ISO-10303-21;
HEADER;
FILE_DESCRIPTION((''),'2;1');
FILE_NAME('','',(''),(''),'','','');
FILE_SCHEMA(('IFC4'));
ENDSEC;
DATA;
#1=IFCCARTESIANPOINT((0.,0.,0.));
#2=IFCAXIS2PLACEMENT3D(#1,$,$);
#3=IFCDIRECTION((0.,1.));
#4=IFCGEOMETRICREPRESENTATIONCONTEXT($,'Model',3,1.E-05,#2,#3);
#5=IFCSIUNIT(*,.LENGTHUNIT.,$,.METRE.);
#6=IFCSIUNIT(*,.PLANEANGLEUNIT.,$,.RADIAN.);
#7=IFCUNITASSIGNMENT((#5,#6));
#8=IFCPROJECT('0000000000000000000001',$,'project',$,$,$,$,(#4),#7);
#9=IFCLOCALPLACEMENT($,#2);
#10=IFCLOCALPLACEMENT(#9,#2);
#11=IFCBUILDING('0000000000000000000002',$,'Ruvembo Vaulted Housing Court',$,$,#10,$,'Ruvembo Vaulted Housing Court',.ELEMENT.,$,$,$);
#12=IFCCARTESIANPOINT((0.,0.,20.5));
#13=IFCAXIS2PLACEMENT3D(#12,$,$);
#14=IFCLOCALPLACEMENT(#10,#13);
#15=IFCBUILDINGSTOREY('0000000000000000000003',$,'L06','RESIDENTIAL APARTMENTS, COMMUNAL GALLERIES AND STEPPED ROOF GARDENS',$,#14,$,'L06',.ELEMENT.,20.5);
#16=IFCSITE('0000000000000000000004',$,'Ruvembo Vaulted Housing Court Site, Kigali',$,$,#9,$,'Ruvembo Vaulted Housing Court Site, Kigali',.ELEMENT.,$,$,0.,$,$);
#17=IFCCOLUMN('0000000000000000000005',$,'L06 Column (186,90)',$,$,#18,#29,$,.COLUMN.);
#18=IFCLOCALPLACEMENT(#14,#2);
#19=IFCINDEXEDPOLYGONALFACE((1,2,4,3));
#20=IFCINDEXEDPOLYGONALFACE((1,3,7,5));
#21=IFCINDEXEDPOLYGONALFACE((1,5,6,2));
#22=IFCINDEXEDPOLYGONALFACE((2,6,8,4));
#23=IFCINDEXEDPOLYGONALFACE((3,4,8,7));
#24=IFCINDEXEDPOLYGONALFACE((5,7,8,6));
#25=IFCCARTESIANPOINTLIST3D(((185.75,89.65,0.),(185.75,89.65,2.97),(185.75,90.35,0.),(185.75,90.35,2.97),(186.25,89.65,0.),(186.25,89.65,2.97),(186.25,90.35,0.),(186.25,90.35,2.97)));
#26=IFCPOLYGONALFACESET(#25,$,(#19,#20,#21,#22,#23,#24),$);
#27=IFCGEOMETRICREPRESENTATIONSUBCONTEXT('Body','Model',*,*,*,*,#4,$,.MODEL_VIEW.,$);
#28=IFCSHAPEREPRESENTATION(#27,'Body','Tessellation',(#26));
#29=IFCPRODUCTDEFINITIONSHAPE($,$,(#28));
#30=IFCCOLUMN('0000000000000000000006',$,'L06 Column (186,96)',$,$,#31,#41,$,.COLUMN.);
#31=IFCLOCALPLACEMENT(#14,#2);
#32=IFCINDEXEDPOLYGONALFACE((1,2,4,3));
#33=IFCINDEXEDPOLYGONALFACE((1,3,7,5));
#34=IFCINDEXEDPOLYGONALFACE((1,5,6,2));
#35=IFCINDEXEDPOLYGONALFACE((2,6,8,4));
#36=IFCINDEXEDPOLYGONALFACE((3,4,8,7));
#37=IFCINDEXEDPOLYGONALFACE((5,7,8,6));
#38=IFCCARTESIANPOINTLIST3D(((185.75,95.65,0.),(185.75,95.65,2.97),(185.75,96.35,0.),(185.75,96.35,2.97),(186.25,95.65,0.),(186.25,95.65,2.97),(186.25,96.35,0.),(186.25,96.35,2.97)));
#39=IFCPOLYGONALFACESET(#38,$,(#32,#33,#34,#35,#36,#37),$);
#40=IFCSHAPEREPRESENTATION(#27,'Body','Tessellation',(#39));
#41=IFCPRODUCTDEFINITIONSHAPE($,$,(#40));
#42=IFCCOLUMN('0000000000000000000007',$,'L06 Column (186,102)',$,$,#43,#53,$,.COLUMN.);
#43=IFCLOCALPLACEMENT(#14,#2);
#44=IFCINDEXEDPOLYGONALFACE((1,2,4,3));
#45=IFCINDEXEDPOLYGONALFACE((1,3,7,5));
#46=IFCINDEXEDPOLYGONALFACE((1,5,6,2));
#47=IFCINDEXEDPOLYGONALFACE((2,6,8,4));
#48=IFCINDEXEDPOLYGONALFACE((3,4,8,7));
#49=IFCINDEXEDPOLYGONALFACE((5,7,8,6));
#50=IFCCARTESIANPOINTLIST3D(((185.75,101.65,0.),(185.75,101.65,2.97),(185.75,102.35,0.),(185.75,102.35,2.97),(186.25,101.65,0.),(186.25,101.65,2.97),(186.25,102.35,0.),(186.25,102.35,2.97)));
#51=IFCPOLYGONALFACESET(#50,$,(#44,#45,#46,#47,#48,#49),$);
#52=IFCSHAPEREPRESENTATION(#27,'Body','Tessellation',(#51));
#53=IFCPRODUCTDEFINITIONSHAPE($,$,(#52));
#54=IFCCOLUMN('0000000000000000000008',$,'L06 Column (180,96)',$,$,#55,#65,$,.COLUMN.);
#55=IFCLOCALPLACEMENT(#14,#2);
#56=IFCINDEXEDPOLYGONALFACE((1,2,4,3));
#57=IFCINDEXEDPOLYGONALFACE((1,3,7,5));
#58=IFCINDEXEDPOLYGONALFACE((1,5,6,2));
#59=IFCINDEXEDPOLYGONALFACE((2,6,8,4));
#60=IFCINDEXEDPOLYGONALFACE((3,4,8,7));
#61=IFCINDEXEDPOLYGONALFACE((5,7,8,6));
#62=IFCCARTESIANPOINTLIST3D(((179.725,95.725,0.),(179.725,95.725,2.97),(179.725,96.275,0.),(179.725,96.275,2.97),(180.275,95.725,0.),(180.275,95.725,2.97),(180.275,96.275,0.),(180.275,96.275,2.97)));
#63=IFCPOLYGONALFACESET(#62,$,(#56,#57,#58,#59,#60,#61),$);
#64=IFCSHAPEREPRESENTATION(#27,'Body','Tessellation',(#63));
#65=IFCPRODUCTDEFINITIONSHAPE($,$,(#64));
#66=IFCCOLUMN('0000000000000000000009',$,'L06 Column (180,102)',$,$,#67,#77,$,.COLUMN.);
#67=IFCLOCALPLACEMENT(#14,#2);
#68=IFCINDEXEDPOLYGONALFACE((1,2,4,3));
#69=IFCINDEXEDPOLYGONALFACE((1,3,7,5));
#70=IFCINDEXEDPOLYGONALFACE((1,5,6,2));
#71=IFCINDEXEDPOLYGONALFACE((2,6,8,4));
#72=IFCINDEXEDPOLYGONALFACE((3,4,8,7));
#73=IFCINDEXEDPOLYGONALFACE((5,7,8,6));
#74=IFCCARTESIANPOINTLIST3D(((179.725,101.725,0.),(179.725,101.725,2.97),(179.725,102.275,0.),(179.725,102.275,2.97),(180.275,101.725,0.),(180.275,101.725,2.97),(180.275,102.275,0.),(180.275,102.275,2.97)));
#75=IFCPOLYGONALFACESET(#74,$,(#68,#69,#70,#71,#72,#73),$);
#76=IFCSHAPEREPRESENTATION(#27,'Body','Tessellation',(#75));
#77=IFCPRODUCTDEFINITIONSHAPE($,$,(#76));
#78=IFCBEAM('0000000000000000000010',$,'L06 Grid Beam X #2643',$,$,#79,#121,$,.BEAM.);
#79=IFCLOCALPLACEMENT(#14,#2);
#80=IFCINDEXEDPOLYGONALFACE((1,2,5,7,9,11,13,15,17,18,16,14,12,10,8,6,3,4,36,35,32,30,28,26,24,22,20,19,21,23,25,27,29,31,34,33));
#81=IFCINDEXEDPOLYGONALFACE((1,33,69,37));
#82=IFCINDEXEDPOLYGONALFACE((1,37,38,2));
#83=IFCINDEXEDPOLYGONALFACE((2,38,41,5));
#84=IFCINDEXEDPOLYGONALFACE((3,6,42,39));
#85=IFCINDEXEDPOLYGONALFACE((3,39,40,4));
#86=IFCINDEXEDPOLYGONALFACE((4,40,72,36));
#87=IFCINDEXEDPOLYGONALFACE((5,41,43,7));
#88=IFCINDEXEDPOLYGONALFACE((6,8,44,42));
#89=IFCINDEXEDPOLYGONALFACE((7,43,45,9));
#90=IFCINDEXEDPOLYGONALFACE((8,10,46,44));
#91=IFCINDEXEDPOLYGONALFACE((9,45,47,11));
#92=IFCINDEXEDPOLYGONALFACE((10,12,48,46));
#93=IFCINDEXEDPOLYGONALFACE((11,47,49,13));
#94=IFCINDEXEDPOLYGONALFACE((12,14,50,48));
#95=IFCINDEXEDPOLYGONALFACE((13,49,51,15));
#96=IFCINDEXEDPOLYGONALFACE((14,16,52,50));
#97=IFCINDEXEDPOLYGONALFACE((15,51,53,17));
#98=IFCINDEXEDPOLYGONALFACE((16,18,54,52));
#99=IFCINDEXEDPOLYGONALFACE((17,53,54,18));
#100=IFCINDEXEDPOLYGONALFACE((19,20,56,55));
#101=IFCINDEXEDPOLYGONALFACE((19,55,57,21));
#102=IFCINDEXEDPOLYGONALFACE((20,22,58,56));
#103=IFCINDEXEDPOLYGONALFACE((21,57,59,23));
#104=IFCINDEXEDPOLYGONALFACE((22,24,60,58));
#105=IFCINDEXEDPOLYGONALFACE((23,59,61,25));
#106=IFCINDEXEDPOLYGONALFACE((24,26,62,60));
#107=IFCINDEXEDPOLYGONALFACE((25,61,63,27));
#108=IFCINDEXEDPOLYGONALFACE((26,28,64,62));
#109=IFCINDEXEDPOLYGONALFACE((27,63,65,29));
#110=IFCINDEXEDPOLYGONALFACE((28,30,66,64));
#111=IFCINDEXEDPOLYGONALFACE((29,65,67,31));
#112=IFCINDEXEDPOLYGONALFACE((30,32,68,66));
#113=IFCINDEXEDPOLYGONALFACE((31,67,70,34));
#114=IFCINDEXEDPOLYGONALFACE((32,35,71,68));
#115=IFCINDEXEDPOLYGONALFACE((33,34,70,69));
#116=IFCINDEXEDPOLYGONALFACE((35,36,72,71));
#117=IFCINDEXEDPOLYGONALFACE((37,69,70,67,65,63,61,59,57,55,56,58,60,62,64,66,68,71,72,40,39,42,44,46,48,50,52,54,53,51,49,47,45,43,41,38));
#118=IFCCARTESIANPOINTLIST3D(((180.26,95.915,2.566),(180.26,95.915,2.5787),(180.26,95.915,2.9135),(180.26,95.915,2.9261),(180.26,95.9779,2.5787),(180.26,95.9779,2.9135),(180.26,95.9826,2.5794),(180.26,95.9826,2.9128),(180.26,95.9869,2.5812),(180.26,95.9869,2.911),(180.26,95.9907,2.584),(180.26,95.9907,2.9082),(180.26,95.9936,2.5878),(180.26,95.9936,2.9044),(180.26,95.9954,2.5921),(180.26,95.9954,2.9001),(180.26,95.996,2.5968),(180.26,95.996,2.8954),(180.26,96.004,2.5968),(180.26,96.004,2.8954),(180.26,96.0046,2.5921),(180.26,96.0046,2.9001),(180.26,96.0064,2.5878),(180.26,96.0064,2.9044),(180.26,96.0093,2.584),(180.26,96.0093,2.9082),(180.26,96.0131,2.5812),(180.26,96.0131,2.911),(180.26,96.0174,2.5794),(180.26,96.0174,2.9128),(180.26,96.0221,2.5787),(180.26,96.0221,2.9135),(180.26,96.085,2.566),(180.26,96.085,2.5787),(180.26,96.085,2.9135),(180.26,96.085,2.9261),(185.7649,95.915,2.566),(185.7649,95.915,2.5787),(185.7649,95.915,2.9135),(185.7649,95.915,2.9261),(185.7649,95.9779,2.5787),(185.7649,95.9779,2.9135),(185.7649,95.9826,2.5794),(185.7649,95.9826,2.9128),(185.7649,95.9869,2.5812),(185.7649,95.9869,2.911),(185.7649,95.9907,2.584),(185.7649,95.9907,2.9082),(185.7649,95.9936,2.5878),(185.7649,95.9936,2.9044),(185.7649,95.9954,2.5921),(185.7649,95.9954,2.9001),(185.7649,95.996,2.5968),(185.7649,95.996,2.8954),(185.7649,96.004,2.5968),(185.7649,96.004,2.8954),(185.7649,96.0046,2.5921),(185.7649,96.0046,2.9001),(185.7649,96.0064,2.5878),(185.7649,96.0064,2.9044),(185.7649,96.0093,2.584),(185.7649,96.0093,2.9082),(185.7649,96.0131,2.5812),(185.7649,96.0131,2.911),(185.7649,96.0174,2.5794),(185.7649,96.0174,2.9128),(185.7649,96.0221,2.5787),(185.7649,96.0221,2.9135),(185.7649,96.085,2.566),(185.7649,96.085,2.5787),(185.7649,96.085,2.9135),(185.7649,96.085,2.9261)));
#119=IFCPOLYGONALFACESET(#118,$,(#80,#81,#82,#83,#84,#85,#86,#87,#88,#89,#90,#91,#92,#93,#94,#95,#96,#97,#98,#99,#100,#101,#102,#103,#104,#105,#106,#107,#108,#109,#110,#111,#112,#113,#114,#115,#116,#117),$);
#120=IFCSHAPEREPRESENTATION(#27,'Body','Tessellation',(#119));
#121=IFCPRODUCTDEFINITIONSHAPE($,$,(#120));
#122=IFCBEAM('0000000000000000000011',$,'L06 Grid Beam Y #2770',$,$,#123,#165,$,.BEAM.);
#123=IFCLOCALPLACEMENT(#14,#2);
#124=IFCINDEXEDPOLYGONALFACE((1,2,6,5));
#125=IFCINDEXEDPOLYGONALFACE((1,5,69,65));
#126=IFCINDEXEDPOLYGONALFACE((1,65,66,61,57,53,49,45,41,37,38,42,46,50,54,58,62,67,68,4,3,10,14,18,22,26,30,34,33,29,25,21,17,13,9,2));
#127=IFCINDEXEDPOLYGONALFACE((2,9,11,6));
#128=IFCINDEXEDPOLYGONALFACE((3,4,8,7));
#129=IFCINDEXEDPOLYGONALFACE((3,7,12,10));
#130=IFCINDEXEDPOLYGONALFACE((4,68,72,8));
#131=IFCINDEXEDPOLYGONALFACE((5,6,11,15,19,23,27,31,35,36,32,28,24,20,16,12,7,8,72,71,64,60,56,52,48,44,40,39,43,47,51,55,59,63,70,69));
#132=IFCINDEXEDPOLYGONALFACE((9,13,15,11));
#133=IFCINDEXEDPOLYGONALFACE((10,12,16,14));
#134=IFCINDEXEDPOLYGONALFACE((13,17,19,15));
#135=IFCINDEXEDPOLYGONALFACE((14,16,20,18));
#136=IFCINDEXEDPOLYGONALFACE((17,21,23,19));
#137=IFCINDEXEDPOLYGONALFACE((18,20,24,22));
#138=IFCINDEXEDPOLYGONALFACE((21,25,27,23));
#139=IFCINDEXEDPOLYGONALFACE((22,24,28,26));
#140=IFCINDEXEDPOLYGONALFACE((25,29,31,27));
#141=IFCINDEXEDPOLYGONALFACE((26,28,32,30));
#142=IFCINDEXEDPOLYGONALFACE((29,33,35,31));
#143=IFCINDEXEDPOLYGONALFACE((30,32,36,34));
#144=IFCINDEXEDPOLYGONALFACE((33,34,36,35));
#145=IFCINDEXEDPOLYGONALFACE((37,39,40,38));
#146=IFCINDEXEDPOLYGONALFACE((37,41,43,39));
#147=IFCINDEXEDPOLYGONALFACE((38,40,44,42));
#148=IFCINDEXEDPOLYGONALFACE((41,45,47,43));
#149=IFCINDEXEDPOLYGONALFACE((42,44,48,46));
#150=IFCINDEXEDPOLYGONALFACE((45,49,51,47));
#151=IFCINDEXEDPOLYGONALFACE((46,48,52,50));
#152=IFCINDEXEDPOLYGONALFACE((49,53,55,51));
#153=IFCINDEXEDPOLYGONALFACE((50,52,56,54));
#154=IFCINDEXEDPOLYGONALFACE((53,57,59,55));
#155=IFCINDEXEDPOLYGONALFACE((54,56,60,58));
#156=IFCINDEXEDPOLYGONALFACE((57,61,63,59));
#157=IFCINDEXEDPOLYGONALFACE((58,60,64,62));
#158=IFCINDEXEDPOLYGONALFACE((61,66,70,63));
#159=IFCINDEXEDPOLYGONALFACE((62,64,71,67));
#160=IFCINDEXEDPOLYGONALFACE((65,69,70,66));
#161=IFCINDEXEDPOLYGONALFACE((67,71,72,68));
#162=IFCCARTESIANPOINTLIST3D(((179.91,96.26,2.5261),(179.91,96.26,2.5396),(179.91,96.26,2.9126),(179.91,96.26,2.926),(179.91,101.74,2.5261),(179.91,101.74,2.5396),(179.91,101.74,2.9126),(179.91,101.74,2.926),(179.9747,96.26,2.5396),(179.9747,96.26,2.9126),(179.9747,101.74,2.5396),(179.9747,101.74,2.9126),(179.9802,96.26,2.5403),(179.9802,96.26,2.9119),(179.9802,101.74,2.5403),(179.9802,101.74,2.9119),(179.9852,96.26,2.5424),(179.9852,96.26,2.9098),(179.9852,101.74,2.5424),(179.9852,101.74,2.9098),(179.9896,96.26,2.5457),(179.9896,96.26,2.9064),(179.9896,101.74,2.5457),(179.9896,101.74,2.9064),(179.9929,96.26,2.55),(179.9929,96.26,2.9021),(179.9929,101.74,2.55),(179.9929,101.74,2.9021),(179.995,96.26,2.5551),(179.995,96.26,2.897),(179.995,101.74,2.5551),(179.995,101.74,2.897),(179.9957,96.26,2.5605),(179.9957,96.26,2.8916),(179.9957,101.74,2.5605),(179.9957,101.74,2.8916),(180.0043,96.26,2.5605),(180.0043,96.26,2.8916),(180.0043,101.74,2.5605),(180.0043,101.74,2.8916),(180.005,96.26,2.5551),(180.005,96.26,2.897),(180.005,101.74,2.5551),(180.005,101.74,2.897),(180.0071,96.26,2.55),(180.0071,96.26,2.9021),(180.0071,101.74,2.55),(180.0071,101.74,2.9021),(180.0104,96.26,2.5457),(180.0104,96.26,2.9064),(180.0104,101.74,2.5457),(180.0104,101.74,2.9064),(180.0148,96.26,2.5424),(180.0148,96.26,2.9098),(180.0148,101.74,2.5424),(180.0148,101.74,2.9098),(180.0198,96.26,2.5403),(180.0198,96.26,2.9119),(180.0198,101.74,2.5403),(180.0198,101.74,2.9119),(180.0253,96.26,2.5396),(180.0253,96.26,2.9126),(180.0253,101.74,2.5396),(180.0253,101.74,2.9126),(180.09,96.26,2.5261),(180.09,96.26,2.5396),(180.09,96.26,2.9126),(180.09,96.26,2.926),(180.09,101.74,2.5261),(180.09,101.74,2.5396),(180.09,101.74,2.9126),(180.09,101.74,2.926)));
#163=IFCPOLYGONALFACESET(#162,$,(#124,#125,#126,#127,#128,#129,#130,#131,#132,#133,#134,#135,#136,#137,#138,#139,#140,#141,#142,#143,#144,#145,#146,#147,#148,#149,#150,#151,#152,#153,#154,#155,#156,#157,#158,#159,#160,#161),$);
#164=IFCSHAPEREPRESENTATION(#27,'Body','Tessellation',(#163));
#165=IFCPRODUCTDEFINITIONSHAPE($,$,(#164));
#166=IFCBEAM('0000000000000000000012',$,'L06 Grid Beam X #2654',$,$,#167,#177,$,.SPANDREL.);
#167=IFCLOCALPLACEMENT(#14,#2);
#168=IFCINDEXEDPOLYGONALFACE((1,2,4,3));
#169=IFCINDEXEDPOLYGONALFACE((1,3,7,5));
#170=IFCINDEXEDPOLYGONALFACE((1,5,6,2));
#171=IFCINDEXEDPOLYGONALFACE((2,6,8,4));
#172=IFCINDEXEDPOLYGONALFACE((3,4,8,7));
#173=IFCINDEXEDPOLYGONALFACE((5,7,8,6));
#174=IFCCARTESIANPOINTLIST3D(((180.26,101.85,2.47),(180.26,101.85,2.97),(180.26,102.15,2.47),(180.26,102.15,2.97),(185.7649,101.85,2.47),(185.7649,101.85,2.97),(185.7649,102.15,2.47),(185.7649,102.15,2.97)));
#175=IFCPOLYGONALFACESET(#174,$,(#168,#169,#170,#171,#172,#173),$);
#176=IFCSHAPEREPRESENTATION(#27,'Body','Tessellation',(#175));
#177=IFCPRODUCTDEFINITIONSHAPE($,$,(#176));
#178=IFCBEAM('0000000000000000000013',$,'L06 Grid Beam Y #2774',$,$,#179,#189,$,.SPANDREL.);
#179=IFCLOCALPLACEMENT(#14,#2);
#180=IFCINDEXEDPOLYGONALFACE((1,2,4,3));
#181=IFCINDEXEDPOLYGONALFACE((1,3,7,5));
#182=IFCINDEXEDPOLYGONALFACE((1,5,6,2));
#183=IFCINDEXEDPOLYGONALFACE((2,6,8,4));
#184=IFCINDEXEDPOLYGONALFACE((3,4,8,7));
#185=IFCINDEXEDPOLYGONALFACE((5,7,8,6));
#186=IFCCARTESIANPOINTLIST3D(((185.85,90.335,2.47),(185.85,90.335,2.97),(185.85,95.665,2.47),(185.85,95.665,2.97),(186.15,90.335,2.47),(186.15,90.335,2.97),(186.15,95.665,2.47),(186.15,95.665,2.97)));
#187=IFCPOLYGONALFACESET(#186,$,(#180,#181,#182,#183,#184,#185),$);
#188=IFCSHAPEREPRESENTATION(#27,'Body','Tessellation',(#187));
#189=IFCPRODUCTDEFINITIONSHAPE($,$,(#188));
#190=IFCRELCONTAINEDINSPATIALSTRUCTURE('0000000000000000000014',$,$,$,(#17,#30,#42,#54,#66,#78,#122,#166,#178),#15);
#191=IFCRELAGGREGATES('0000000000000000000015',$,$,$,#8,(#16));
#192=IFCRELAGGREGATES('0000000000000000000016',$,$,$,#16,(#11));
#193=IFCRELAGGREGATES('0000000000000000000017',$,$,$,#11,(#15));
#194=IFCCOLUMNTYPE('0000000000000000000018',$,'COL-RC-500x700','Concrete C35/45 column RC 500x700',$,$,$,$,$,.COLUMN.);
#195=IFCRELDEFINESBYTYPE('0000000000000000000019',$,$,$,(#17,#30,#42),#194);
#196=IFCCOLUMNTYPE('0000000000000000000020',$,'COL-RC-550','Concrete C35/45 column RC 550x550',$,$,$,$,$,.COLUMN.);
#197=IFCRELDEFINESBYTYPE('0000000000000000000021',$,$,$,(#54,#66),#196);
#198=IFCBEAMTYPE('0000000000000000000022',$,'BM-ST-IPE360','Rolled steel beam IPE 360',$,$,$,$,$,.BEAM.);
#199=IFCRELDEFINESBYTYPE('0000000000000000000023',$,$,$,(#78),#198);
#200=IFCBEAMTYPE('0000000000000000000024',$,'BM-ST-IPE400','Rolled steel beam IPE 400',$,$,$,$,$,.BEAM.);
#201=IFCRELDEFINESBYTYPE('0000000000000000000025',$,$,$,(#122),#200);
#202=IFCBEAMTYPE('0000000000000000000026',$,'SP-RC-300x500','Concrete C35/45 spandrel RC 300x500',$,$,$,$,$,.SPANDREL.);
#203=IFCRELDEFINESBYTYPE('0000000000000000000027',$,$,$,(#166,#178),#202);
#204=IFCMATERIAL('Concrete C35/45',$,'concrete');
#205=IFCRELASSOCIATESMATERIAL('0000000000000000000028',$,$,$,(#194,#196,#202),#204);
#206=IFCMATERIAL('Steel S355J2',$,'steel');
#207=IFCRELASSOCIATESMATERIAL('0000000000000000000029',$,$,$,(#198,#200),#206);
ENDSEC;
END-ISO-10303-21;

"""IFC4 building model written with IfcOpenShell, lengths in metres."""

from ifc_helpers import new_model, si_unit, direction, frame, origin, origin_2d, place, context, subcontext, project, spatial, rectangle, i_section, extrude, material, material_profile, profile_set, type_object, element, save


model = new_model("IFC4")

# Units and contexts
model_context = context("Model", 3, precision=1e-05, world=origin(), true_north=direction((0.0, 1.0)))
body_context = subcontext(model_context, "Body", "Model", "MODEL_VIEW")
ifc_project = project(units=[si_unit("LENGTHUNIT", "METRE"), si_unit("PLANEANGLEUNIT", "RADIAN")], contexts=[model_context])

# Site, building, storey
site_placement = place(None, origin())
site = spatial("IfcSite", under=ifc_project, at=site_placement, Name="Ruvembo Vaulted Housing Court Site, Kigali", LongName="Ruvembo Vaulted Housing Court Site, Kigali", CompositionType="ELEMENT", RefElevation=0.0)
building_placement = place(site_placement, origin())
building = spatial("IfcBuilding", under=site, at=building_placement, Name="Ruvembo Vaulted Housing Court", LongName="Ruvembo Vaulted Housing Court", CompositionType="ELEMENT")
storey_placement = place(building_placement, frame((0.0, 0.0, 20.5)))
storey = spatial("IfcBuildingStorey", under=building, at=storey_placement, Name="L06", Description="RESIDENTIAL APARTMENTS, COMMUNAL GALLERIES AND STEPPED ROOF GARDENS", LongName="L06", CompositionType="ELEMENT", Elevation=20.5)

# Columns
ifc_material_1 = material(Name="Concrete C35/45", Category="concrete")
ifc_material_profile_1 = material_profile(ifc_material_1, rectangle(XDim=0.5, YDim=0.7, at=origin_2d()), Name="RC 500x700")
ifc_profile_set_1 = profile_set([ifc_material_profile_1], Name="Concrete C35/45")
column_type_1 = type_object("IfcColumnType", Name="COL-RC-500x700", Description="Concrete C35/45 column RC 500x700", PredefinedType="COLUMN", material=ifc_profile_set_1)
for number, where, z_axis, x_axis, name in (
    (1, (186.0, 90.0, 0.0), (0.0, 0.0, 1.0), (1.0, 0.0, 0.0), "L06 Column (186,90)"),
    (2, (186.0, 96.0, 0.0), (0.0, 0.0, 1.0), (1.0, 0.0, 0.0), "L06 Column (186,96)"),
    (3, (186.0, 102.0, 0.0), (0.0, 0.0, 1.0), (1.0, 0.0, 0.0), "L06 Column (186,102)"),
):
    element("IfcColumn", number, at=place(storey_placement, frame(where, z_axis=z_axis, x_axis=x_axis)), inside=storey, type_object=column_type_1, Name=name, PredefinedType="COLUMN", context=body_context, shape_type="SweptSolid", body=[
        extrude(rectangle(XDim=0.5, YDim=0.7, at=origin_2d()), origin(), (0.0, 0.0, 1.0), 2.97),
    ])
ifc_material_profile_2 = material_profile(ifc_material_1, rectangle(XDim=0.55, YDim=0.55, at=origin_2d()), Name="RC 550x550")
ifc_profile_set_2 = profile_set([ifc_material_profile_2], Name="Concrete C35/45")
column_type_2 = type_object("IfcColumnType", Name="COL-RC-550", Description="Concrete C35/45 column RC 550x550", PredefinedType="COLUMN", material=ifc_profile_set_2)
for number, where, z_axis, x_axis, name in (
    (4, (180.0, 96.0, 0.0), (0.0, 0.0, 1.0), (1.0, 0.0, 0.0), "L06 Column (180,96)"),
    (5, (180.0, 102.0, 0.0), (0.0, 0.0, 1.0), (1.0, 0.0, 0.0), "L06 Column (180,102)"),
):
    element("IfcColumn", number, at=place(storey_placement, frame(where, z_axis=z_axis, x_axis=x_axis)), inside=storey, type_object=column_type_2, Name=name, PredefinedType="COLUMN", context=body_context, shape_type="SweptSolid", body=[
        extrude(rectangle(XDim=0.55, YDim=0.55, at=origin_2d()), origin(), (0.0, 0.0, 1.0), 2.97),
    ])

# Beams
ifc_material_2 = material(Name="Steel S355J2", Category="steel")
ifc_material_profile_3 = material_profile(ifc_material_2, i_section(OverallWidth=0.1699, OverallDepth=0.3601, WebThickness=0.0081, FlangeThickness=0.0127, FilletRadius=0.0181, at=origin_2d()), Name="IPE 360")
ifc_profile_set_3 = profile_set([ifc_material_profile_3], Name="Steel S355J2")
beam_type_1 = type_object("IfcBeamType", Name="BM-ST-IPE360", Description="Rolled steel beam IPE 360", PredefinedType="BEAM", material=ifc_profile_set_3)
beam_1_placement = place(storey_placement, frame((180.26, 96.0, 2.7461), z_axis=(1.0, 0.0, 0.0), x_axis=(0.0, 1.0, 0.0)))
element("IfcBeam", 6, at=beam_1_placement, inside=storey, type_object=beam_type_1, Name="L06 Grid Beam X #2643", PredefinedType="BEAM", context=body_context, shape_type="SweptSolid", body=[
    extrude(i_section(OverallWidth=0.1699, OverallDepth=0.3601, WebThickness=0.0081, FlangeThickness=0.0127, FilletRadius=0.0181, at=origin_2d()), origin(), (0.0, 0.0, 1.0), 5.5049),
])
ifc_material_profile_4 = material_profile(ifc_material_2, i_section(OverallWidth=0.1799, OverallDepth=0.3999, WebThickness=0.0085, FlangeThickness=0.0134, FilletRadius=0.021, at=origin_2d()), Name="IPE 400")
ifc_profile_set_4 = profile_set([ifc_material_profile_4], Name="Steel S355J2")
beam_type_2 = type_object("IfcBeamType", Name="BM-ST-IPE400", Description="Rolled steel beam IPE 400", PredefinedType="BEAM", material=ifc_profile_set_4)
beam_2_placement = place(storey_placement, frame((180.0, 96.26, 2.7261), z_axis=(0.0, 1.0, 0.0), x_axis=(-1.0, 0.0, 0.0)))
element("IfcBeam", 7, at=beam_2_placement, inside=storey, type_object=beam_type_2, Name="L06 Grid Beam Y #2770", PredefinedType="BEAM", context=body_context, shape_type="SweptSolid", body=[
    extrude(i_section(OverallWidth=0.1799, OverallDepth=0.3999, WebThickness=0.0085, FlangeThickness=0.0134, FilletRadius=0.021, at=origin_2d()), origin(), (0.0, 0.0, 1.0), 5.48),
])
ifc_material_profile_5 = material_profile(ifc_material_1, rectangle(XDim=0.3, YDim=0.5, at=origin_2d()), Name="RC 300x500")
ifc_profile_set_5 = profile_set([ifc_material_profile_5], Name="Concrete C35/45")
beam_type_3 = type_object("IfcBeamType", Name="SP-RC-300x500", Description="Concrete C35/45 spandrel RC 300x500", PredefinedType="SPANDREL", material=ifc_profile_set_5)
beam_3_placement = place(storey_placement, frame((180.26, 102.0, 2.72), z_axis=(1.0, 0.0, 0.0), x_axis=(0.0, 1.0, 0.0)))
element("IfcBeam", 8, at=beam_3_placement, inside=storey, type_object=beam_type_3, Name="L06 Grid Beam X #2654", PredefinedType="SPANDREL", context=body_context, shape_type="SweptSolid", body=[
    extrude(rectangle(XDim=0.3, YDim=0.5, at=origin_2d()), origin(), (0.0, 0.0, 1.0), 5.5049),
])
for number, where, z_axis, x_axis, name in (
    (9, (186.0, 90.335, 2.72), (0.0, 1.0, 0.0), (-1.0, 0.0, 0.0), "L06 Grid Beam Y #2774"),
):
    element("IfcBeam", number, at=place(storey_placement, frame(where, z_axis=z_axis, x_axis=x_axis)), inside=storey, type_object=beam_type_3, Name=name, PredefinedType="SPANDREL", context=body_context, shape_type="SweptSolid", body=[
        extrude(rectangle(XDim=0.3, YDim=0.5, at=origin_2d()), origin(), (0.0, 0.0, 1.0), 5.3301),
    ])

save(model, "model.ifc")
